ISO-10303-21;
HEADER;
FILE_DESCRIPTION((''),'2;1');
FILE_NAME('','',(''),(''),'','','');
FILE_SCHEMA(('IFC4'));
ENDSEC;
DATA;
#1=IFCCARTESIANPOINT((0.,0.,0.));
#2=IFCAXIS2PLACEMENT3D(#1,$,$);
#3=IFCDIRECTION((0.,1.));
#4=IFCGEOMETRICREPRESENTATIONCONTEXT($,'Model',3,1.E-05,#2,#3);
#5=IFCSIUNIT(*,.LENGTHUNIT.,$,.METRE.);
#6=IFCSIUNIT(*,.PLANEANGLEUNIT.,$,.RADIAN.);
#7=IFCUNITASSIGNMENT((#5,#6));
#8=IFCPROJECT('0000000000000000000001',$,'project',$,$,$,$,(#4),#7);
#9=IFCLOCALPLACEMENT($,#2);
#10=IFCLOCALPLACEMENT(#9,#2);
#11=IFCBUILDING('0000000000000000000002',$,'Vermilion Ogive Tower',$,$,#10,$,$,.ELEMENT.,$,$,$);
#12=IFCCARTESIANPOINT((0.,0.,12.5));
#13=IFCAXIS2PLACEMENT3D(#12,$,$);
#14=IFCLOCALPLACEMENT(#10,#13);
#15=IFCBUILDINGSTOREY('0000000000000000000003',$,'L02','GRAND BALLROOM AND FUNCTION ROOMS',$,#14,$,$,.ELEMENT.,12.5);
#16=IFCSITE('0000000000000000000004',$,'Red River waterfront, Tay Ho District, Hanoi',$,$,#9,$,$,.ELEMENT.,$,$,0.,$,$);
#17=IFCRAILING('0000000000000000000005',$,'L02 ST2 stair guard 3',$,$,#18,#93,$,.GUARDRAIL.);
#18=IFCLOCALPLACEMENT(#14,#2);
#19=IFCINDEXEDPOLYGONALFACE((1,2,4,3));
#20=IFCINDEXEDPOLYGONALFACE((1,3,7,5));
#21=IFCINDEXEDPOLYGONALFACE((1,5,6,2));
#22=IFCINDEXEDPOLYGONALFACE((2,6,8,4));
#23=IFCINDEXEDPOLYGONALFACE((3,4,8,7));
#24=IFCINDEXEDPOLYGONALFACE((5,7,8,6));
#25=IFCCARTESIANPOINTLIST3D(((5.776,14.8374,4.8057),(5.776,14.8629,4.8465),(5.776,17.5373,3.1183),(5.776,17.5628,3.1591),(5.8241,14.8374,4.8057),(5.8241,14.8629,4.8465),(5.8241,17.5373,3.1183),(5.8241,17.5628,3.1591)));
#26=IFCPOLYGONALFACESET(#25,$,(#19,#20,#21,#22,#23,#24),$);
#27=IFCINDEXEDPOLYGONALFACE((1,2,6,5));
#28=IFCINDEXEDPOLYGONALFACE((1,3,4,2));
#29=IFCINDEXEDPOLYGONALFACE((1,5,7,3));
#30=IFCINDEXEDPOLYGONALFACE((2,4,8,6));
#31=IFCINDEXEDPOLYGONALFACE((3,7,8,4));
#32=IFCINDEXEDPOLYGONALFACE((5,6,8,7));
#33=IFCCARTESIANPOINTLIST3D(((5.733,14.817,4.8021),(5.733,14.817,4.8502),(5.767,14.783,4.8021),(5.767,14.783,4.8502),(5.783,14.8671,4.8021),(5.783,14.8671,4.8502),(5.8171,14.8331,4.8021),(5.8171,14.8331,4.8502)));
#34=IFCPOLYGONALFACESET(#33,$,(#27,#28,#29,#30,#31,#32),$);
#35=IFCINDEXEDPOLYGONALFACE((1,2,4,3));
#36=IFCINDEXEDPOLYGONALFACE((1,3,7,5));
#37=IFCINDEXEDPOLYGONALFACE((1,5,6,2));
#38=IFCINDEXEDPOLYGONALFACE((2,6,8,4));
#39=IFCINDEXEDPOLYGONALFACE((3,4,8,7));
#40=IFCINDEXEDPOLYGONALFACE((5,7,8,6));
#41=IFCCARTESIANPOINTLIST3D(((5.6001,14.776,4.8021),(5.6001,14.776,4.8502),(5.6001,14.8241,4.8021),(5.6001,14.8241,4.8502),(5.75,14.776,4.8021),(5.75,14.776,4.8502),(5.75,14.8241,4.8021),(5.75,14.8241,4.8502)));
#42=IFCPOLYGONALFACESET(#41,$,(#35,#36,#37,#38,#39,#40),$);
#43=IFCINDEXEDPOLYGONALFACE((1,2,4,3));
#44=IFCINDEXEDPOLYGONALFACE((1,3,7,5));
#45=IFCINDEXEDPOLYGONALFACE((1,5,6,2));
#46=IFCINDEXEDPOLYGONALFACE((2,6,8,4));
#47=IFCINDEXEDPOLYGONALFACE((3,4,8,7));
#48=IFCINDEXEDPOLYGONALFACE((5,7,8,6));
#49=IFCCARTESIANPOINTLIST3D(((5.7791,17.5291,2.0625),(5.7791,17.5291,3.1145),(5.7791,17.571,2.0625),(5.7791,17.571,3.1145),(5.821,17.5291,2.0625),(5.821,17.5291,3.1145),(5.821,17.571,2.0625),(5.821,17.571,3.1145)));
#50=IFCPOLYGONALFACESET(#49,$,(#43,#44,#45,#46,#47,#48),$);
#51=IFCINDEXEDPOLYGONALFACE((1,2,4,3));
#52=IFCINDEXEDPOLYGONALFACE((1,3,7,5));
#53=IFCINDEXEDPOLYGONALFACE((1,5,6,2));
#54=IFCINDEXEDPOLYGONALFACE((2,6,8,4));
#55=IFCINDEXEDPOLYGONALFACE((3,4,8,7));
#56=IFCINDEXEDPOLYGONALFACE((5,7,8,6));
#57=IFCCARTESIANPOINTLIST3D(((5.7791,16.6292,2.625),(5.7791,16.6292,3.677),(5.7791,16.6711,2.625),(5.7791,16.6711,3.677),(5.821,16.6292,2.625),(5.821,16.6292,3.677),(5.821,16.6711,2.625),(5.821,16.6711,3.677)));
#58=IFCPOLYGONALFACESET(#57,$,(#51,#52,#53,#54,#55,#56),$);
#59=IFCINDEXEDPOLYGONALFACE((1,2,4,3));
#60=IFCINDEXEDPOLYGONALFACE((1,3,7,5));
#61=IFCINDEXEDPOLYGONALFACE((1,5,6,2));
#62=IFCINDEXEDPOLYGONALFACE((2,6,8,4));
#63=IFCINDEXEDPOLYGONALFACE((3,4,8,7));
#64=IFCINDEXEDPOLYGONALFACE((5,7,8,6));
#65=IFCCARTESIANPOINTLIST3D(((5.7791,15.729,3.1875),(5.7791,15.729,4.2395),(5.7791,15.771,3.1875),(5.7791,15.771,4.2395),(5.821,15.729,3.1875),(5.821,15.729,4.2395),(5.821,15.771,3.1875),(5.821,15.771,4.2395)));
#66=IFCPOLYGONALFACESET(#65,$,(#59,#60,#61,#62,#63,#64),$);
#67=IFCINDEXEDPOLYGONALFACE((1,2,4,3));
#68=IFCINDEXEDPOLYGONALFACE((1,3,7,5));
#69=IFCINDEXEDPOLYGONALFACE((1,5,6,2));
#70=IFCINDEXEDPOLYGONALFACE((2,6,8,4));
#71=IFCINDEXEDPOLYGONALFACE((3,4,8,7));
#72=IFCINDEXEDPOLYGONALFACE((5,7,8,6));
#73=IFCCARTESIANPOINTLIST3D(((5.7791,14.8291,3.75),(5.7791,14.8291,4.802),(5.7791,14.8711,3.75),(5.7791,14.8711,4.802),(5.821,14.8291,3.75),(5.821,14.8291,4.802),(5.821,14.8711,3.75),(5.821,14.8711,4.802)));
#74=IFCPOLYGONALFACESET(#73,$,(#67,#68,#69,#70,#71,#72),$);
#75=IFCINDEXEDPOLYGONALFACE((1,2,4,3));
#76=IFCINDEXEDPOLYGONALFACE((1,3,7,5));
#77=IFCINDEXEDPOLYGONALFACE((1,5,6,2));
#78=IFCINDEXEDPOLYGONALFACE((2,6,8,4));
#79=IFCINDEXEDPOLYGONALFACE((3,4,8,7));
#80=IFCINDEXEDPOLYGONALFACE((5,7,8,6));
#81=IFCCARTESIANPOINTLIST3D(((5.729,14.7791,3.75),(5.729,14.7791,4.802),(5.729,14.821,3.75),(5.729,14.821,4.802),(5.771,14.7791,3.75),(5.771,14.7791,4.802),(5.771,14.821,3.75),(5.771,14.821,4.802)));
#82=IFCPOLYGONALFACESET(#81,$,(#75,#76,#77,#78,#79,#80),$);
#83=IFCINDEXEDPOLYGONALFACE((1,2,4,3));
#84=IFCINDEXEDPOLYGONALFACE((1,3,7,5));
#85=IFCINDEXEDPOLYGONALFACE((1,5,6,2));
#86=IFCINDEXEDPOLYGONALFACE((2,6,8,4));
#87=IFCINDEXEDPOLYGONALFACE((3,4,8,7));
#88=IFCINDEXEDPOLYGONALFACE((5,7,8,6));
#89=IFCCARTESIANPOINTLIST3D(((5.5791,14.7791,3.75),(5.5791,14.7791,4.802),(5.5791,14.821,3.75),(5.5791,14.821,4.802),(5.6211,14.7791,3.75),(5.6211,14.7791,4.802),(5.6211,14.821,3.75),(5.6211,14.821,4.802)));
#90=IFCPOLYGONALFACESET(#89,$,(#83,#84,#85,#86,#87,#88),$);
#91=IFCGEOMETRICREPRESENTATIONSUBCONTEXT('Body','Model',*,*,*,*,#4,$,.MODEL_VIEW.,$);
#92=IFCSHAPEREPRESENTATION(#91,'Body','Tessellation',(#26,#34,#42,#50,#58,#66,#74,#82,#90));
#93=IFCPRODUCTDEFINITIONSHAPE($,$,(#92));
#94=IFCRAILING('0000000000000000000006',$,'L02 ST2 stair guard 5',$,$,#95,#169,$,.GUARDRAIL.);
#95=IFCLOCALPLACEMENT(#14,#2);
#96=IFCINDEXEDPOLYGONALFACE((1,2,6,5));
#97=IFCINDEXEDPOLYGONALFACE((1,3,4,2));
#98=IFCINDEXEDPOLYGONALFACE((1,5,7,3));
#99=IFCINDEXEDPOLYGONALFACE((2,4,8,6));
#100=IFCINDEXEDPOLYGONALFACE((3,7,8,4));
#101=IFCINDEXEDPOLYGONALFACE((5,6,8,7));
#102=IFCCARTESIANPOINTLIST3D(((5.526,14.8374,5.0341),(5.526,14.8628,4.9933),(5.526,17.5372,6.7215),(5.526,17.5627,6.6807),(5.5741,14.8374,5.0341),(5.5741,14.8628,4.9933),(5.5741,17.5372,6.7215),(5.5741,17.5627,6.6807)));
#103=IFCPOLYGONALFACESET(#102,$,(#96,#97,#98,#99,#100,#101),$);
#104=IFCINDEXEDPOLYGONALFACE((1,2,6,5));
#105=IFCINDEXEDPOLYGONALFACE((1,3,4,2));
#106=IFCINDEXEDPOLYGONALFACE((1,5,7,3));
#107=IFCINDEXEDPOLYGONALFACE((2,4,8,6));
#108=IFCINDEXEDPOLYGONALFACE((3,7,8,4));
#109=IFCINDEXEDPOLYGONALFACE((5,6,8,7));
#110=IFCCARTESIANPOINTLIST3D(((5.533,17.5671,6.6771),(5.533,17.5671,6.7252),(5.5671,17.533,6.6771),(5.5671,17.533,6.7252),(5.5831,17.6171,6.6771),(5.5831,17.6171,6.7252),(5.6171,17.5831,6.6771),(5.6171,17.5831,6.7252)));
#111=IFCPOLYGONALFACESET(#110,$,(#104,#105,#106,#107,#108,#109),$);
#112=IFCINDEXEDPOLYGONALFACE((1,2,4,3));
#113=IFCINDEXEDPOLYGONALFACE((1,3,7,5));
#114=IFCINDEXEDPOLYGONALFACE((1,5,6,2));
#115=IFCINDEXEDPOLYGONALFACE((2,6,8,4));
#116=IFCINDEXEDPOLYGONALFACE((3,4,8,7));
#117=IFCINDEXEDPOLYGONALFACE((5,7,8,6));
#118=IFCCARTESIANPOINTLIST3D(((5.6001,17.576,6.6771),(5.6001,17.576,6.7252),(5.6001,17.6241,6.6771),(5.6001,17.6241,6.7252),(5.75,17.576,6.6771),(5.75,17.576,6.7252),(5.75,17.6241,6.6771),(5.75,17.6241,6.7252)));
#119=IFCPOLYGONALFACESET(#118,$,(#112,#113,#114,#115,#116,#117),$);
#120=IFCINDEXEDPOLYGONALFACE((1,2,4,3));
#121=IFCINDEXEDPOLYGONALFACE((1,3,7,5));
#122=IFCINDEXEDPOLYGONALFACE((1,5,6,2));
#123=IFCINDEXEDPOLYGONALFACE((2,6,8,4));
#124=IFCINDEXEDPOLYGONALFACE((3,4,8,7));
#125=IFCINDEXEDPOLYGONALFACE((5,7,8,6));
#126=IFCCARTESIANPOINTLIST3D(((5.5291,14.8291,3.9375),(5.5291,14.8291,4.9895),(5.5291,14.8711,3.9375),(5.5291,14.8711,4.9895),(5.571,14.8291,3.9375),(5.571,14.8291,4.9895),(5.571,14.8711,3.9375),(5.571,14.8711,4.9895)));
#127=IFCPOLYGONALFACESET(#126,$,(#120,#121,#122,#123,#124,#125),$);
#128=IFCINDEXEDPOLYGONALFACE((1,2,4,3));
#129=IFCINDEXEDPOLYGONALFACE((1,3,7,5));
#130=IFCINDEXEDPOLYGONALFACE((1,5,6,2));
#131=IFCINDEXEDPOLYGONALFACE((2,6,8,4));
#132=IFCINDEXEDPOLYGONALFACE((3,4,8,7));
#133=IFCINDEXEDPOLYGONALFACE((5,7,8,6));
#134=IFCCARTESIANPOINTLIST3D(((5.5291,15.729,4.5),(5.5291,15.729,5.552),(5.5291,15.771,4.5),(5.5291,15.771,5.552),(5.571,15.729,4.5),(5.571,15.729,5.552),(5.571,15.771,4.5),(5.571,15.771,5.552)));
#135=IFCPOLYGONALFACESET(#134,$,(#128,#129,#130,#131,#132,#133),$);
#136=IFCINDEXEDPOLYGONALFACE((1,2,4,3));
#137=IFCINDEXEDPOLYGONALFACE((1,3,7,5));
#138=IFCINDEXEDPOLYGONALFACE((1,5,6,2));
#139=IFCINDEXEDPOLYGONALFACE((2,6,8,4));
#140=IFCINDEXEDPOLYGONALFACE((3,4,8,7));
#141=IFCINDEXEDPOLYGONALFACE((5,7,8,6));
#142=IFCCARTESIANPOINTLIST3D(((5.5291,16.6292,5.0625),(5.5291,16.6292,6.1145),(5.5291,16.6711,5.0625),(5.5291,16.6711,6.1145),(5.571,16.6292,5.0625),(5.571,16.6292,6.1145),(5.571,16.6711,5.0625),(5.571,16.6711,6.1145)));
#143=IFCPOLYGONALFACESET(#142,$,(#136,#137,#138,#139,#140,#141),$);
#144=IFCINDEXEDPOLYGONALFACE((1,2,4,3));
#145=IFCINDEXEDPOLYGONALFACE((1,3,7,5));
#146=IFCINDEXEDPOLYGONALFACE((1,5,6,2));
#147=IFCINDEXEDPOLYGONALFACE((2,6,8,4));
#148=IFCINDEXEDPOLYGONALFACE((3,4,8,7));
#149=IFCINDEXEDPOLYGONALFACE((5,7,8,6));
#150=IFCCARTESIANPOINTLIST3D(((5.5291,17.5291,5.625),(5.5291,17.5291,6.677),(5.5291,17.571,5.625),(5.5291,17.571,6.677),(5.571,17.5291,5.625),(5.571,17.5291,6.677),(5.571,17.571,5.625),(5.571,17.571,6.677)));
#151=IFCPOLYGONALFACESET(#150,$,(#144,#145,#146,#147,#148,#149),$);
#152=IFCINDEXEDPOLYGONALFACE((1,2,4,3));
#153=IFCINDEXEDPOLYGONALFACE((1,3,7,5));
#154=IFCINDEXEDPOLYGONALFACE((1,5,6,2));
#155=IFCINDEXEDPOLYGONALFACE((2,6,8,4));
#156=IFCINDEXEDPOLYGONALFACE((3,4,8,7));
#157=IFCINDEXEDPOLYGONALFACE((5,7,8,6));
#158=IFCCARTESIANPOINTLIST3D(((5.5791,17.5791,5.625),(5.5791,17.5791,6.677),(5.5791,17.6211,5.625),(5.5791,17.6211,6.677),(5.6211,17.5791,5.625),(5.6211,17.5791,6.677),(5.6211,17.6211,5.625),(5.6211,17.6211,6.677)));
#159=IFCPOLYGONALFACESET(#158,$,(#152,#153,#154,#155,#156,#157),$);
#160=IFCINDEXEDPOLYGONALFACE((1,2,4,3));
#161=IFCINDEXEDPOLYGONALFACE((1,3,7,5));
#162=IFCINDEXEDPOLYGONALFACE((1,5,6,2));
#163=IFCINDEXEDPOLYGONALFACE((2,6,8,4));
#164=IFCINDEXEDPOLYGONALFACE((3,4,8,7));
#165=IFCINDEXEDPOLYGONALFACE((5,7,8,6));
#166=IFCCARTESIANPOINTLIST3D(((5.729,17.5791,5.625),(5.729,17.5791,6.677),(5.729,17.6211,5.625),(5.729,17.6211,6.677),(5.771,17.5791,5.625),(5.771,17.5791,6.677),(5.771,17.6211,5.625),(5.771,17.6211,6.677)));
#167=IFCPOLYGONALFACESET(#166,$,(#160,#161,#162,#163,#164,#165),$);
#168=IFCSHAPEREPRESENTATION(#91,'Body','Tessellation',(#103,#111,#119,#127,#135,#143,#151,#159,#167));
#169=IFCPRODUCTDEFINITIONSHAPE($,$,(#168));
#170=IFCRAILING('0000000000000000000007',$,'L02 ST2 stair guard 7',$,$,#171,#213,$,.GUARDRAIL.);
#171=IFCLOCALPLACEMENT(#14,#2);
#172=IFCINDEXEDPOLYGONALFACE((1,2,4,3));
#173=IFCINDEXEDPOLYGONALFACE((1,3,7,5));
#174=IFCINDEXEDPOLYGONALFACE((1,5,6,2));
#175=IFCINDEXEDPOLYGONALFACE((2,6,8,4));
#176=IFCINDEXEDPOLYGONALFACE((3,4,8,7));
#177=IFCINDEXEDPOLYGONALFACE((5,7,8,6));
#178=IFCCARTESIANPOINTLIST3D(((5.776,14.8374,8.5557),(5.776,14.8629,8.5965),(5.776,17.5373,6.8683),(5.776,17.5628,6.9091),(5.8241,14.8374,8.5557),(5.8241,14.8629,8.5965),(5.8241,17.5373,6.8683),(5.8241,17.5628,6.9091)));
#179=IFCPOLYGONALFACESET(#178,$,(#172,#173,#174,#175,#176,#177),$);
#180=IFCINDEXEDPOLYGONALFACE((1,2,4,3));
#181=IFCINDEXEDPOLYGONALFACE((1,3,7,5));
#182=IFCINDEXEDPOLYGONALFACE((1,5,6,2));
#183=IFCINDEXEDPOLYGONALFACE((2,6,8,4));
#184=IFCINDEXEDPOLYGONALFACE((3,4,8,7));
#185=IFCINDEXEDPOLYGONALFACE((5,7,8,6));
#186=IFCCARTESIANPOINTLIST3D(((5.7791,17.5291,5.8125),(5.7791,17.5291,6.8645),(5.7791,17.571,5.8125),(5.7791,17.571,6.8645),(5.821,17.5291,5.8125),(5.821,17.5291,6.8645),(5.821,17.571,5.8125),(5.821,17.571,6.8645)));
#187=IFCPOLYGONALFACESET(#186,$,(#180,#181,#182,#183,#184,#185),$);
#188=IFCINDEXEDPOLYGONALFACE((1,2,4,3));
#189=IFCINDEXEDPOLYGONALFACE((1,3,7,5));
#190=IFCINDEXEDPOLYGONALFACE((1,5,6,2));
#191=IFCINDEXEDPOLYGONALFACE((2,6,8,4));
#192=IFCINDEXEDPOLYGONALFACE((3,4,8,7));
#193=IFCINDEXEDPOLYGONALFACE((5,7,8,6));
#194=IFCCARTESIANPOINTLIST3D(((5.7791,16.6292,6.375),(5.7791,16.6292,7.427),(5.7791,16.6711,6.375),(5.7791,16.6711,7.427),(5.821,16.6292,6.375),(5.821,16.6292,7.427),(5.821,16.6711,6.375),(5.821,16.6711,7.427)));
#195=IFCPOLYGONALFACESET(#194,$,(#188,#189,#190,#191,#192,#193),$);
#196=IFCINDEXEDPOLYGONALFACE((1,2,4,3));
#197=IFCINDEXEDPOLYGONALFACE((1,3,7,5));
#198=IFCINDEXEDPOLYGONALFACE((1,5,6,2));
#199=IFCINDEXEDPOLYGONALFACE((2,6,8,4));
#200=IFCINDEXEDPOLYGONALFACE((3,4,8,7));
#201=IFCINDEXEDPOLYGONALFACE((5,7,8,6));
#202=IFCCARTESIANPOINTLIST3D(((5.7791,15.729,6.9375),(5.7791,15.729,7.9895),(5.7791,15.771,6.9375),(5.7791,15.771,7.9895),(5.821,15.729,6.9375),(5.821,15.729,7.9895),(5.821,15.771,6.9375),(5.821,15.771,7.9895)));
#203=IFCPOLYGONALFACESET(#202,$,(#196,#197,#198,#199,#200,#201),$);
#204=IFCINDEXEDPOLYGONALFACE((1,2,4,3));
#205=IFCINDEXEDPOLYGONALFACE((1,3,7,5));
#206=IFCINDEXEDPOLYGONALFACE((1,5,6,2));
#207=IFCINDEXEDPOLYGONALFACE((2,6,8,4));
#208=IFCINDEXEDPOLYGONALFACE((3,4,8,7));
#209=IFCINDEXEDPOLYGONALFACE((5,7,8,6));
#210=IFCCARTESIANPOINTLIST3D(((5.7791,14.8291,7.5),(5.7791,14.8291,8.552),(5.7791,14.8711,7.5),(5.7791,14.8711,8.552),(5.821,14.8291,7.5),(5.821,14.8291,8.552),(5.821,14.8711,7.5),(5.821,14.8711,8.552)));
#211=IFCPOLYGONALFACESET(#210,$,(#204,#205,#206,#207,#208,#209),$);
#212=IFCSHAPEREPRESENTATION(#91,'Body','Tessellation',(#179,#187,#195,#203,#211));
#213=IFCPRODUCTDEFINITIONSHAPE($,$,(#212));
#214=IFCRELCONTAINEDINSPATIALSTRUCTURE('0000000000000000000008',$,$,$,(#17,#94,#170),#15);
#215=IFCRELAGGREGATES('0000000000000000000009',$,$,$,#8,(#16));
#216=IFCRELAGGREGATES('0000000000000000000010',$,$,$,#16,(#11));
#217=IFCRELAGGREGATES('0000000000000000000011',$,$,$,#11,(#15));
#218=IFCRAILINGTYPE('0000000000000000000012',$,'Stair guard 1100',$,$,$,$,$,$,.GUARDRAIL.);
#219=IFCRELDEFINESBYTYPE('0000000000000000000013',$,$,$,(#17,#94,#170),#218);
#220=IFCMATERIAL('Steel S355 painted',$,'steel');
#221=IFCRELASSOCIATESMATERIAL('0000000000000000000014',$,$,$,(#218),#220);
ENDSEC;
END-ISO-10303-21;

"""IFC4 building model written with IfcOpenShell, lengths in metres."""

from ifc_helpers import new_model, si_unit, direction, frame, origin, origin_2d, place, context, subcontext, project, spatial, rectangle, extrude, material, type_object, element, save


model = new_model("IFC4")

# Units and contexts
model_context = context("Model", 3, precision=1e-05, world=origin(), true_north=direction((0.0, 1.0)))
body_context = subcontext(model_context, "Body", "Model", "MODEL_VIEW")
ifc_project = project(units=[si_unit("LENGTHUNIT", "METRE"), si_unit("PLANEANGLEUNIT", "RADIAN")], contexts=[model_context])

# Site, building, storey
site_placement = place(None, origin())
site = spatial("IfcSite", under=ifc_project, at=site_placement, Name="Red River waterfront, Tay Ho District, Hanoi", CompositionType="ELEMENT", RefElevation=0.0)
building_placement = place(site_placement, origin())
building = spatial("IfcBuilding", under=site, at=building_placement, Name="Vermilion Ogive Tower", CompositionType="ELEMENT")
storey_placement = place(building_placement, frame((0.0, 0.0, 12.5)))
storey = spatial("IfcBuildingStorey", under=building, at=storey_placement, Name="L02", Description="GRAND BALLROOM AND FUNCTION ROOMS", CompositionType="ELEMENT", Elevation=12.5)

# Railings
ifc_material_1 = material(Name="Steel S355 painted", Category="steel")
railing_type_1 = type_object("IfcRailingType", Name="Stair guard 1100", PredefinedType="GUARDRAIL", material=ifc_material_1)
railing_1_placement = place(storey_placement, frame((5.8, 17.55, 2.0625)))
element("IfcRailing", 1, at=railing_1_placement, inside=storey, type_object=railing_type_1, Name="L02 ST2 stair guard 3", PredefinedType="GUARDRAIL", context=body_context, shape_type="SweptSolid", body=[
    extrude(rectangle(XDim=0.0481, YDim=0.0481, at=origin_2d()), frame((0.0, 0.0, 1.0762), z_axis=(0.0, -0.847994, 0.530006), x_axis=(1.0, 0.0, 0.0)), (0.0, 0.0, 1.0), 3.1838),
    extrude(rectangle(XDim=0.0481, YDim=0.0481, at=origin_2d()), frame((0.0, -2.7, 2.7637), z_axis=(-0.707107, -0.707107, 0.0), x_axis=(0.707107, -0.707107, 0.0)), (0.0, 0.0, 1.0), 0.0708),
    extrude(rectangle(XDim=0.0481, YDim=0.0481, at=origin_2d()), frame((-0.05, -2.75, 2.7637), z_axis=(-1.0, 0.0, 0.0), x_axis=(0.0, -1.0, 0.0)), (0.0, 0.0, 1.0), 0.1499),
    extrude(rectangle(XDim=0.042, YDim=0.042, at=origin_2d()), origin(), (0.0, 0.0, 1.0), 1.052),
    extrude(rectangle(XDim=0.042, YDim=0.042, at=origin_2d()), frame((0.0, -0.8999, 0.5625)), (0.0, 0.0, 1.0), 1.052),
    extrude(rectangle(XDim=0.042, YDim=0.042, at=origin_2d()), frame((0.0, -1.8, 1.125)), (0.0, 0.0, 1.0), 1.052),
    extrude(rectangle(XDim=0.042, YDim=0.042, at=origin_2d()), frame((0.0, -2.7, 1.6875)), (0.0, 0.0, 1.0), 1.052),
    extrude(rectangle(XDim=0.042, YDim=0.042, at=origin_2d()), frame((-0.05, -2.75, 1.6875)), (0.0, 0.0, 1.0), 1.052),
    extrude(rectangle(XDim=0.042, YDim=0.042, at=origin_2d()), frame((-0.2, -2.75, 1.6875)), (0.0, 0.0, 1.0), 1.052),
])
railing_2_placement = place(storey_placement, frame((5.55, 14.8501, 3.9375)))
element("IfcRailing", 2, at=railing_2_placement, inside=storey, type_object=railing_type_1, Name="L02 ST2 stair guard 5", PredefinedType="GUARDRAIL", context=body_context, shape_type="SweptSolid", body=[
    extrude(rectangle(XDim=0.0481, YDim=0.0481, at=origin_2d()), frame((0.0, 0.0, 1.0762), z_axis=(0.0, 0.847994, 0.530006), x_axis=(-1.0, 0.0, 0.0)), (0.0, 0.0, 1.0), 3.1838),
    extrude(rectangle(XDim=0.0481, YDim=0.0481, at=origin_2d()), frame((0.0, 2.7, 2.7637), z_axis=(0.707107, 0.707107, 0.0), x_axis=(-0.707107, 0.707107, 0.0)), (0.0, 0.0, 1.0), 0.0708),
    extrude(rectangle(XDim=0.0481, YDim=0.0481, at=origin_2d()), frame((0.05, 2.75, 2.7637), z_axis=(1.0, 0.0, 0.0), x_axis=(0.0, 1.0, 0.0)), (0.0, 0.0, 1.0), 0.1499),
    extrude(rectangle(XDim=0.042, YDim=0.042, at=origin_2d()), origin(), (0.0, 0.0, 1.0), 1.052),
    extrude(rectangle(XDim=0.042, YDim=0.042, at=origin_2d()), frame((0.0, 0.8999, 0.5625)), (0.0, 0.0, 1.0), 1.052),
    extrude(rectangle(XDim=0.042, YDim=0.042, at=origin_2d()), frame((0.0, 1.8, 1.125)), (0.0, 0.0, 1.0), 1.052),
    extrude(rectangle(XDim=0.042, YDim=0.042, at=origin_2d()), frame((0.0, 2.7, 1.6875)), (0.0, 0.0, 1.0), 1.052),
    extrude(rectangle(XDim=0.042, YDim=0.042, at=origin_2d()), frame((0.05, 2.75, 1.6875)), (0.0, 0.0, 1.0), 1.052),
    extrude(rectangle(XDim=0.042, YDim=0.042, at=origin_2d()), frame((0.2, 2.75, 1.6875)), (0.0, 0.0, 1.0), 1.052),
])
railing_3_placement = place(storey_placement, frame((5.8, 17.55, 5.8125)))
element("IfcRailing", 3, at=railing_3_placement, inside=storey, type_object=railing_type_1, Name="L02 ST2 stair guard 7", PredefinedType="GUARDRAIL", context=body_context, shape_type="SweptSolid", body=[
    extrude(rectangle(XDim=0.0481, YDim=0.0481, at=origin_2d()), frame((0.0, 0.0, 1.0762), z_axis=(0.0, -0.847994, 0.530006), x_axis=(1.0, 0.0, 0.0)), (0.0, 0.0, 1.0), 3.1838),
    extrude(rectangle(XDim=0.042, YDim=0.042, at=origin_2d()), origin(), (0.0, 0.0, 1.0), 1.052),
    extrude(rectangle(XDim=0.042, YDim=0.042, at=origin_2d()), frame((0.0, -0.8999, 0.5625)), (0.0, 0.0, 1.0), 1.052),
    extrude(rectangle(XDim=0.042, YDim=0.042, at=origin_2d()), frame((0.0, -1.8, 1.125)), (0.0, 0.0, 1.0), 1.052),
    extrude(rectangle(XDim=0.042, YDim=0.042, at=origin_2d()), frame((0.0, -2.7, 1.6875)), (0.0, 0.0, 1.0), 1.052),
])

save(model, "model.ifc")
